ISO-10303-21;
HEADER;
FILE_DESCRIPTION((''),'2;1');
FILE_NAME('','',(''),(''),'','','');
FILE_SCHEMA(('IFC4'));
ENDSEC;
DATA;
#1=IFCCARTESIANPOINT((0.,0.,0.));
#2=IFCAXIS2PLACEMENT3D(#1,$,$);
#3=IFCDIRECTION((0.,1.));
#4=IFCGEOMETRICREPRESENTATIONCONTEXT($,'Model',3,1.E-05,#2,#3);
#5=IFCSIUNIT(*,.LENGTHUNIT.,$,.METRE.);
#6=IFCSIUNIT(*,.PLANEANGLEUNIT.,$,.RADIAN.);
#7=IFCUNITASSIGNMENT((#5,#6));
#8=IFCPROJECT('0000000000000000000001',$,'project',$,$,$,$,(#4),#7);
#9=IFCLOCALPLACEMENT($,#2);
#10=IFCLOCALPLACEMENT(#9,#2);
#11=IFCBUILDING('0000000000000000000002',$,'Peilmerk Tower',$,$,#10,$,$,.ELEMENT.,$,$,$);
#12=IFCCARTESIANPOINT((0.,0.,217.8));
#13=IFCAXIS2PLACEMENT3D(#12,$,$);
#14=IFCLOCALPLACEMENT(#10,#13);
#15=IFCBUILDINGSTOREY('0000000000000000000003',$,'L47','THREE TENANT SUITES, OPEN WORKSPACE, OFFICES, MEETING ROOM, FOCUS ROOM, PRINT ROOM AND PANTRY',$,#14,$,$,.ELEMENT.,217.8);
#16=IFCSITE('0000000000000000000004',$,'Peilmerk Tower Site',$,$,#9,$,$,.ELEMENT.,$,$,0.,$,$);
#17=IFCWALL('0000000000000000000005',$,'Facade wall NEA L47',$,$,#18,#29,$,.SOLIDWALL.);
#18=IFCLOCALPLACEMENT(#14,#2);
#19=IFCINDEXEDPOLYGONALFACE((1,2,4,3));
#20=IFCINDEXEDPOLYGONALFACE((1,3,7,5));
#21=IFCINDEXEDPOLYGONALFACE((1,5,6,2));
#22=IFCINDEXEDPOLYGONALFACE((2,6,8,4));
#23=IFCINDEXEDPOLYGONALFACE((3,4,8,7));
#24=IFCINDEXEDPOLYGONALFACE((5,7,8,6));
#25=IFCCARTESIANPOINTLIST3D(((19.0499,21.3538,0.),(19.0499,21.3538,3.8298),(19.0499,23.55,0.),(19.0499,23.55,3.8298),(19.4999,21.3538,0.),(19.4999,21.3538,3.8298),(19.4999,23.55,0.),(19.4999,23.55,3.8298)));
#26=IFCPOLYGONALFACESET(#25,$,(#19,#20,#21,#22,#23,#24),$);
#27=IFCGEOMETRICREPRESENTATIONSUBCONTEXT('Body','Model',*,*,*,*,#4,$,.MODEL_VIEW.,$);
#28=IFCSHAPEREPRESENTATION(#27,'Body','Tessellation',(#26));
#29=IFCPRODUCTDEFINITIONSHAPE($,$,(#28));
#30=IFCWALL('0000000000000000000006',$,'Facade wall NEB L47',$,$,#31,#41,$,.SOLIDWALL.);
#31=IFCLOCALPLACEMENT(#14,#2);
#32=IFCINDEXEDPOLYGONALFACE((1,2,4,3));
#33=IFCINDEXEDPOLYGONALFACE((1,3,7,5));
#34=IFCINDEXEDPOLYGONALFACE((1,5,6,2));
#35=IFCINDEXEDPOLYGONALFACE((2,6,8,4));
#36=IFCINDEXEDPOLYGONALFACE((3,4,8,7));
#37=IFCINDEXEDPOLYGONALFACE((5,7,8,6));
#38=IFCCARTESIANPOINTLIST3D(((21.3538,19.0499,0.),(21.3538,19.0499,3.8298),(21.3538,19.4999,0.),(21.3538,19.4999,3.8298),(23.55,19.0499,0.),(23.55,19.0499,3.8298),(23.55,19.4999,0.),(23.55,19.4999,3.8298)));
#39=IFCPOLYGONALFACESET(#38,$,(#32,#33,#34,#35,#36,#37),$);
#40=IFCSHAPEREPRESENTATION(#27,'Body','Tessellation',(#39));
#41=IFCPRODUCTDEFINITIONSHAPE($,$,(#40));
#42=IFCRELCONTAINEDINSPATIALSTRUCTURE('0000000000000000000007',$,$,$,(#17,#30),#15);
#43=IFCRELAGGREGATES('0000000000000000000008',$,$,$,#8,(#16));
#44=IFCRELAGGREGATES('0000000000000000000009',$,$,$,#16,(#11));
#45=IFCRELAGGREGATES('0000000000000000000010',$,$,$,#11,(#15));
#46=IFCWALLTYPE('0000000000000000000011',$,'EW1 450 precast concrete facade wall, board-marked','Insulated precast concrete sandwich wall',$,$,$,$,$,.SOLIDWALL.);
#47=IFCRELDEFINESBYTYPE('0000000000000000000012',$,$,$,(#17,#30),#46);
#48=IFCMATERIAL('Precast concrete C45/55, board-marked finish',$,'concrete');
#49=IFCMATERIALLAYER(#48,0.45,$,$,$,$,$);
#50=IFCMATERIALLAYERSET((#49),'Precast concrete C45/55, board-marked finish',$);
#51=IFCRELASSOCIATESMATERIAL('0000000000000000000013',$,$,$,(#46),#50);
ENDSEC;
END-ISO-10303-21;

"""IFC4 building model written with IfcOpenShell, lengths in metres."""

from ifc_helpers import new_model, si_unit, direction, frame, frame_2d, origin, place, context, subcontext, project, spatial, rectangle, extrude, material, layer, layer_set, type_object, element, save


model = new_model("IFC4")

# Units and contexts
model_context = context("Model", 3, precision=1e-05, world=origin(), true_north=direction((0.0, 1.0)))
body_context = subcontext(model_context, "Body", "Model", "MODEL_VIEW")
ifc_project = project(units=[si_unit("LENGTHUNIT", "METRE"), si_unit("PLANEANGLEUNIT", "RADIAN")], contexts=[model_context])

# Site, building, storey
site_placement = place(None, origin())
site = spatial("IfcSite", under=ifc_project, at=site_placement, Name="Peilmerk Tower Site", CompositionType="ELEMENT", RefElevation=0.0)
building_placement = place(site_placement, origin())
building = spatial("IfcBuilding", under=site, at=building_placement, Name="Peilmerk Tower", CompositionType="ELEMENT")
storey_placement = place(building_placement, frame((0.0, 0.0, 217.8)))
storey = spatial("IfcBuildingStorey", under=building, at=storey_placement, Name="L47", Description="THREE TENANT SUITES, OPEN WORKSPACE, OFFICES, MEETING ROOM, FOCUS ROOM, PRINT ROOM AND PANTRY", CompositionType="ELEMENT", Elevation=217.8)

# Shared definitions
ifc_material_1 = material(Name="Precast concrete C45/55, board-marked finish", Category="concrete")
ifc_layer_1 = layer(ifc_material_1, 0.45)
ifc_layer_set_1 = layer_set([ifc_layer_1], Name="Precast concrete C45/55, board-marked finish")
wall_type = type_object("IfcWallType", Name="EW1 450 precast concrete facade wall, board-marked", Description="Insulated precast concrete sandwich wall", PredefinedType="SOLIDWALL", material=ifc_layer_set_1)

# Walls
for number, where, z_axis, x_axis, name in (
    (1, (19.2749, 21.3538, 0.0), (0.0, 0.0, 1.0), (0.0, 1.0, 0.0), "Facade wall NEA L47"),
    (2, (21.3538, 19.2749, 0.0), (0.0, 0.0, 1.0), (1.0, 0.0, 0.0), "Facade wall NEB L47"),
):
    element("IfcWall", number, at=place(storey_placement, frame(where, z_axis=z_axis, x_axis=x_axis)), inside=storey, type_object=wall_type, Name=name, PredefinedType="SOLIDWALL", context=body_context, shape_type="SweptSolid", body=[
        extrude(rectangle(XDim=2.1963, YDim=0.45, at=frame_2d((1.0981, 0.0))), origin(), (0.0, 0.0, 1.0), 3.8298),
    ])

save(model, "model.ifc")
